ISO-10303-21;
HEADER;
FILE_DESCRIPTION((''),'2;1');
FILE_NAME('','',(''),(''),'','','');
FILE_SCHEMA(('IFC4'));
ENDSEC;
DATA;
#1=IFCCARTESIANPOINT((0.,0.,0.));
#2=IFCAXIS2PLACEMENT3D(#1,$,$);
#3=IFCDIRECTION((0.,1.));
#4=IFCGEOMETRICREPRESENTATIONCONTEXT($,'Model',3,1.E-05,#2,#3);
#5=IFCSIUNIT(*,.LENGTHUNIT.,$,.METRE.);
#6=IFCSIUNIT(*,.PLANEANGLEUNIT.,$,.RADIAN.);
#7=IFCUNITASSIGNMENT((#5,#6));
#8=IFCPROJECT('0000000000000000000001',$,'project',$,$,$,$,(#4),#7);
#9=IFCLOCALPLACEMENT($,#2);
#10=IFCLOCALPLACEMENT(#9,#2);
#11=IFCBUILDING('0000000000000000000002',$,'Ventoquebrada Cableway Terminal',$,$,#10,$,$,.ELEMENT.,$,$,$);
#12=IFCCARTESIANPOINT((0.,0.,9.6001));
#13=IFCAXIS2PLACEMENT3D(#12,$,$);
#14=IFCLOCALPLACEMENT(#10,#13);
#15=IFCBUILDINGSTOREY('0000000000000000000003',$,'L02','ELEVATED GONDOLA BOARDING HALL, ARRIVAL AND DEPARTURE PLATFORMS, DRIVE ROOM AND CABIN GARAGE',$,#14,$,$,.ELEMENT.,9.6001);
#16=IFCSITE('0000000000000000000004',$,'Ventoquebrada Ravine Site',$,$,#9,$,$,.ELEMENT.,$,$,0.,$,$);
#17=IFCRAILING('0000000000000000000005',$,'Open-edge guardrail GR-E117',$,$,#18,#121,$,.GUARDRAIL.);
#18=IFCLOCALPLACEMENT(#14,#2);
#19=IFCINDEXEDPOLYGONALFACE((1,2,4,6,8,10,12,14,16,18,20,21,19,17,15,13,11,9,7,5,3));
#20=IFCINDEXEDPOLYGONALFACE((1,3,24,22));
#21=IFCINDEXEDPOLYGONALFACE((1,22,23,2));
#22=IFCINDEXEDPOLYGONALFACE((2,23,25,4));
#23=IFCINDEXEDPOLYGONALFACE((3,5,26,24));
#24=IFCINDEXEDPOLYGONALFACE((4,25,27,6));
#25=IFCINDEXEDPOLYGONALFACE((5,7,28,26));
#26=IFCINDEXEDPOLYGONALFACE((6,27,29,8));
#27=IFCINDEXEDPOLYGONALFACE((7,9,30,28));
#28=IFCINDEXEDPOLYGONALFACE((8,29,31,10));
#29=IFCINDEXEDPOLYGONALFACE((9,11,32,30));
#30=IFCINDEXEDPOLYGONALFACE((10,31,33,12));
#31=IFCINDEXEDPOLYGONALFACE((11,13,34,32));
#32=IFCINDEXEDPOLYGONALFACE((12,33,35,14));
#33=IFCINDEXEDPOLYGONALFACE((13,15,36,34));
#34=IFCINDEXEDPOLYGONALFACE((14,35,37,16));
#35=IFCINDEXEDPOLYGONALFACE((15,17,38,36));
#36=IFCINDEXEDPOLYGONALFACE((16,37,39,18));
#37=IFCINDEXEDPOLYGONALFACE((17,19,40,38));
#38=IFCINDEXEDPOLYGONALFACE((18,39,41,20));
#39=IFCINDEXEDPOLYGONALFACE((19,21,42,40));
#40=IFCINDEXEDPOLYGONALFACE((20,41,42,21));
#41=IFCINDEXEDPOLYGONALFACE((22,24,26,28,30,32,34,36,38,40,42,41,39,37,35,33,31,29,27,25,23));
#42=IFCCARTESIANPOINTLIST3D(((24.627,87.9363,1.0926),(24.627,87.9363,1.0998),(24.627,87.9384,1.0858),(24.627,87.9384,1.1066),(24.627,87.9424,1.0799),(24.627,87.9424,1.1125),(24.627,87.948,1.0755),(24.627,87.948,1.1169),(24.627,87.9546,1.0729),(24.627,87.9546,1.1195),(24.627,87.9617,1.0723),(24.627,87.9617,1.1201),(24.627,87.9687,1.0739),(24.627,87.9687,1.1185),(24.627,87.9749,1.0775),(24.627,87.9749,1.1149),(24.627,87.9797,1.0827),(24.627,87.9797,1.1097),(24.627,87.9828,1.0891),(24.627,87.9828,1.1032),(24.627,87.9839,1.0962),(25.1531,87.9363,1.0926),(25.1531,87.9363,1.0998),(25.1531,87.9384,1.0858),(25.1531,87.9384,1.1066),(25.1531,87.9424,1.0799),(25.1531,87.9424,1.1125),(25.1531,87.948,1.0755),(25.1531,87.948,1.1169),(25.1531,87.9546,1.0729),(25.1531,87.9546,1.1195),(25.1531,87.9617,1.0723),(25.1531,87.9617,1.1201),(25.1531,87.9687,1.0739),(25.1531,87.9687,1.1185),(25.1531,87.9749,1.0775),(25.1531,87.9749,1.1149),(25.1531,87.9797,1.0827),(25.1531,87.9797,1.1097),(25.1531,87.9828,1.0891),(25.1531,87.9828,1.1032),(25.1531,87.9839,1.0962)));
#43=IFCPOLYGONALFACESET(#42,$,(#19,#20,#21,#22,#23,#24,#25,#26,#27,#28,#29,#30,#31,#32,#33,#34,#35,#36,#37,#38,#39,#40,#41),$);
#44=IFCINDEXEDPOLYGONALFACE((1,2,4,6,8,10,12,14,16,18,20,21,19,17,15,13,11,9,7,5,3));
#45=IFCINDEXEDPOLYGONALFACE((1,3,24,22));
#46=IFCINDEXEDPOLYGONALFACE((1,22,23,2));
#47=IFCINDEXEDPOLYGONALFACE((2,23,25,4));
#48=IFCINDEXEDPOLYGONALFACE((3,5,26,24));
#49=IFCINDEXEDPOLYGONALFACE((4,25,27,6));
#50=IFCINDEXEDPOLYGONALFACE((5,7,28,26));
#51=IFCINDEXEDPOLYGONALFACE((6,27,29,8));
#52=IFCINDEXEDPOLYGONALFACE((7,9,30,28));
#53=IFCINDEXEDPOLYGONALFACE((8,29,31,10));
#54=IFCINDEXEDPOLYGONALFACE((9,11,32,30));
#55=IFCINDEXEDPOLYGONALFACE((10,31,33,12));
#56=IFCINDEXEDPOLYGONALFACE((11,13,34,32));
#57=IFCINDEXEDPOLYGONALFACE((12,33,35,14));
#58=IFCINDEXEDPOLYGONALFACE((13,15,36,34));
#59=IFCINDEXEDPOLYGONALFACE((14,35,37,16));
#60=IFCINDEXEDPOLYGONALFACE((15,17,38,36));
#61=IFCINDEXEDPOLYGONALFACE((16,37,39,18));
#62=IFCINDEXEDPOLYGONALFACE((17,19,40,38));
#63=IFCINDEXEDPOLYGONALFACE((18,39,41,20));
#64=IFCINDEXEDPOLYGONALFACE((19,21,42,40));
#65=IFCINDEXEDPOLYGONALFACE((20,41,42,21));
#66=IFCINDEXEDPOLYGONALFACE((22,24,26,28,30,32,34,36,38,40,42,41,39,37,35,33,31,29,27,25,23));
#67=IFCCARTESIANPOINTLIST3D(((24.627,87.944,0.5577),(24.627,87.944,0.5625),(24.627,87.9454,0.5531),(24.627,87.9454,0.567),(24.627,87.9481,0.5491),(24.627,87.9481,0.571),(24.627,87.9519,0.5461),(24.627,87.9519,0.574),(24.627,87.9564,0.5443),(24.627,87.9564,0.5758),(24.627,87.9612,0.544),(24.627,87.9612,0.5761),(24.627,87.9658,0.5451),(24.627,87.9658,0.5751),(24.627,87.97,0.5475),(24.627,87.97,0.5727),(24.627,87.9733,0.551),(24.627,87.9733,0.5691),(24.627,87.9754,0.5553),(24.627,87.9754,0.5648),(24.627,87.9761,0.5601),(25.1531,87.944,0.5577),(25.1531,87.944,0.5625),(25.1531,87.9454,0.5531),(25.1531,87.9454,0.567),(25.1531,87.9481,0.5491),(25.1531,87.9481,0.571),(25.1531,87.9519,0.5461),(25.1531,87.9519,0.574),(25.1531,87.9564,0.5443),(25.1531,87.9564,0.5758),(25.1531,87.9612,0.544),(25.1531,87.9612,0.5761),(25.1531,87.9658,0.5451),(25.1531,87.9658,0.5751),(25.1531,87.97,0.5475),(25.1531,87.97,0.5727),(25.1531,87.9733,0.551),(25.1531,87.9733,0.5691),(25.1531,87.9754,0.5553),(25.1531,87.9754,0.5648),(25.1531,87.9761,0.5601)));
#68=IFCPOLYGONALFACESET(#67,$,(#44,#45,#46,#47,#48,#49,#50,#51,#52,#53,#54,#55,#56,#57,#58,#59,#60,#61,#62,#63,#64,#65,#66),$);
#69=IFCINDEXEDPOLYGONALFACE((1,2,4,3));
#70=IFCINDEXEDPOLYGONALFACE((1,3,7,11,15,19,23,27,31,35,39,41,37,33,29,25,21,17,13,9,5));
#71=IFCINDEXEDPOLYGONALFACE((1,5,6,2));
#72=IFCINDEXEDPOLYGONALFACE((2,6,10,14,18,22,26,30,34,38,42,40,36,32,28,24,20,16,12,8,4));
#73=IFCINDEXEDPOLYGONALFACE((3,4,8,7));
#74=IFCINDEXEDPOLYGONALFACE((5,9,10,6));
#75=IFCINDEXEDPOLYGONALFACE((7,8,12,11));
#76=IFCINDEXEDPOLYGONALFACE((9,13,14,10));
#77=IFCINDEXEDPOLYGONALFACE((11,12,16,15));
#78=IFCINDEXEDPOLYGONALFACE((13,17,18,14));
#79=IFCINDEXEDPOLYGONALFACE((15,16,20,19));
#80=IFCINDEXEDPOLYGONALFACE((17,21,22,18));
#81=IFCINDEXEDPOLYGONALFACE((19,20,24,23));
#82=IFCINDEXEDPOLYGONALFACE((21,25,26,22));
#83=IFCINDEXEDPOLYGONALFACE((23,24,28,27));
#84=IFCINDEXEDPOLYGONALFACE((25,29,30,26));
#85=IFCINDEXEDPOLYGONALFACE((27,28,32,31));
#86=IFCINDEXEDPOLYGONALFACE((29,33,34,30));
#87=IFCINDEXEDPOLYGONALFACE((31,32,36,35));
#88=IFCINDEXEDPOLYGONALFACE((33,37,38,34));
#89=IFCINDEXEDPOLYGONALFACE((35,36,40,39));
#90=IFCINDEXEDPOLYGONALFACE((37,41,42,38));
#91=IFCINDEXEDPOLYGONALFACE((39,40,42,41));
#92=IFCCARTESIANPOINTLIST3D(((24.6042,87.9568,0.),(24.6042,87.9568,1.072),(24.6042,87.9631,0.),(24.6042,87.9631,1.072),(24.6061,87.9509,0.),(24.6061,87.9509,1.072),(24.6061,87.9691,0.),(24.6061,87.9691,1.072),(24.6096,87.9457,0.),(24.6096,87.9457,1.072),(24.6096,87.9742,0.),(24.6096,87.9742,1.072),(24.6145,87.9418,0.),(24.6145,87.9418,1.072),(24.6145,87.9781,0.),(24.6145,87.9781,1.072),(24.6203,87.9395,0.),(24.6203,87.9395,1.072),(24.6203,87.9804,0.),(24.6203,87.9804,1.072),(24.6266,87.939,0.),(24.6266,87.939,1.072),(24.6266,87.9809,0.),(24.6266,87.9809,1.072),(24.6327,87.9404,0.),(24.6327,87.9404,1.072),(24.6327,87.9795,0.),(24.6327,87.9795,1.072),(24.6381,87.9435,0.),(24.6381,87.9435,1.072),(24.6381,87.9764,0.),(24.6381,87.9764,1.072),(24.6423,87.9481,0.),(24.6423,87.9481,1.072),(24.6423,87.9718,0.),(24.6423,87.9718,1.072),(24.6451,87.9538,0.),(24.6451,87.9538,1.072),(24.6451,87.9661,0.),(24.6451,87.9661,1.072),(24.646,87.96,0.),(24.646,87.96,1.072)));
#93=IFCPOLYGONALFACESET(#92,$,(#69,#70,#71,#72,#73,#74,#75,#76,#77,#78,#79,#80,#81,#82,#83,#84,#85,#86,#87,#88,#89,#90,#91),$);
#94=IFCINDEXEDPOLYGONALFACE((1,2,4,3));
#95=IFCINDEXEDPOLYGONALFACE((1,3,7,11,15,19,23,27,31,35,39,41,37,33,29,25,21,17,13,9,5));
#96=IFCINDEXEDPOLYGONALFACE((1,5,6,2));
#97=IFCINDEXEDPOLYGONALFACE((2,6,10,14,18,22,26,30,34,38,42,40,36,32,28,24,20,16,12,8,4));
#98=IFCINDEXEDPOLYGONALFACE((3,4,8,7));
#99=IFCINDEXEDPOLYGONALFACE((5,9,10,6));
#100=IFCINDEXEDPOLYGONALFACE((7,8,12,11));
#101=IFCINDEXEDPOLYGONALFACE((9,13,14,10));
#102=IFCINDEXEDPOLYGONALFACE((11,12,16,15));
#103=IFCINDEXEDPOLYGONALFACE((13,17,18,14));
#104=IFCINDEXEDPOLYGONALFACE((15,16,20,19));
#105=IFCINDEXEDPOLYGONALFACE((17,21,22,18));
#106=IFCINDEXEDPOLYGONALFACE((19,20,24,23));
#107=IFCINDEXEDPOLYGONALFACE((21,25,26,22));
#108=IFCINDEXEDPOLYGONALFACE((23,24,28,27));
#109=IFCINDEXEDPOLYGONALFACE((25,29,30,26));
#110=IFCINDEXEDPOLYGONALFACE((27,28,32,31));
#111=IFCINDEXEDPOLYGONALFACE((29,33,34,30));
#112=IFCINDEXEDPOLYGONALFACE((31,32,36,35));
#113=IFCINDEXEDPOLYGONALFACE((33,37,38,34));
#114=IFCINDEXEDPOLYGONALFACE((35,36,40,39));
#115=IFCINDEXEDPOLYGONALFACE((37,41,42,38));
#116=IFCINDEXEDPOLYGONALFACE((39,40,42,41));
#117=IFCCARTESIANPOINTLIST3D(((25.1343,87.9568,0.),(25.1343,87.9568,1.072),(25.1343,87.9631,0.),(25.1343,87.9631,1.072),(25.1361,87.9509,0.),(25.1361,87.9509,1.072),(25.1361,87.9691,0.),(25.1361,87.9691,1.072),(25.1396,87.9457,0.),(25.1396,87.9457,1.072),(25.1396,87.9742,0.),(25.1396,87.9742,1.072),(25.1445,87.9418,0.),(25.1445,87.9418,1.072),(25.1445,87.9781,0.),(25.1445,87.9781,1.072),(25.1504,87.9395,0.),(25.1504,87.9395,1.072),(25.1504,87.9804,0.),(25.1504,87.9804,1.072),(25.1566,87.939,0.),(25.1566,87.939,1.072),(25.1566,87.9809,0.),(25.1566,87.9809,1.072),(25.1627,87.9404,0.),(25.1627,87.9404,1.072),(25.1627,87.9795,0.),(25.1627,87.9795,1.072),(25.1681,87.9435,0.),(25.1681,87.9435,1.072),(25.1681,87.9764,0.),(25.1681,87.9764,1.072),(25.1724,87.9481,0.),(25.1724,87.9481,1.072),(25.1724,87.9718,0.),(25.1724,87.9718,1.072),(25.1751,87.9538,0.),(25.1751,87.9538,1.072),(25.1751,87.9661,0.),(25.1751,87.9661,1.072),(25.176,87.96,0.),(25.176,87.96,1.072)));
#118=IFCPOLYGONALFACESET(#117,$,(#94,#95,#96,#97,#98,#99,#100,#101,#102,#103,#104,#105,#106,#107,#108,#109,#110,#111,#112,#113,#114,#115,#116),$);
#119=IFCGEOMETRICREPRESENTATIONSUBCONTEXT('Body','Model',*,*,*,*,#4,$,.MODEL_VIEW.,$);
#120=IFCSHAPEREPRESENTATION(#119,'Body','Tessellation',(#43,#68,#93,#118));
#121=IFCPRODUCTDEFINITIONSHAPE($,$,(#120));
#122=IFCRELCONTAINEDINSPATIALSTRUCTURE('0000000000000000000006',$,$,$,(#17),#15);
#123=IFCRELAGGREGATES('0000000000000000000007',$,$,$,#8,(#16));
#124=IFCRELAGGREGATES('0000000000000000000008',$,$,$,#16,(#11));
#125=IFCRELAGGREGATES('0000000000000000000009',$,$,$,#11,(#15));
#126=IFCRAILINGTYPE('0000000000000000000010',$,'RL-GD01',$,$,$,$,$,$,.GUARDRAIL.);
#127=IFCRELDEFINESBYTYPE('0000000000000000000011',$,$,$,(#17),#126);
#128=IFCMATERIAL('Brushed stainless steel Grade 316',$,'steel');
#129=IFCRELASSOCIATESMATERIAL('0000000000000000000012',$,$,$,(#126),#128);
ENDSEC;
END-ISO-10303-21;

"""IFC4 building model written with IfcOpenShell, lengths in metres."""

from ifc_helpers import new_model, si_unit, direction, frame, origin, origin_2d, place, context, subcontext, project, spatial, circle, extrude, material, type_object, element, save


model = new_model("IFC4")

# Units and contexts
model_context = context("Model", 3, precision=1e-05, world=origin(), true_north=direction((0.0, 1.0)))
body_context = subcontext(model_context, "Body", "Model", "MODEL_VIEW")
ifc_project = project(units=[si_unit("LENGTHUNIT", "METRE"), si_unit("PLANEANGLEUNIT", "RADIAN")], contexts=[model_context])

# Site, building, storey
site_placement = place(None, origin())
site = spatial("IfcSite", under=ifc_project, at=site_placement, Name="Ventoquebrada Ravine Site", CompositionType="ELEMENT", RefElevation=0.0)
building_placement = place(site_placement, origin())
building = spatial("IfcBuilding", under=site, at=building_placement, Name="Ventoquebrada Cableway Terminal", CompositionType="ELEMENT")
storey_placement = place(building_placement, frame((0.0, 0.0, 9.6001)))
storey = spatial("IfcBuildingStorey", under=building, at=storey_placement, Name="L02", Description="ELEVATED GONDOLA BOARDING HALL, ARRIVAL AND DEPARTURE PLATFORMS, DRIVE ROOM AND CABIN GARAGE", CompositionType="ELEMENT", Elevation=9.6001)

# Railing
ifc_material_1 = material(Name="Brushed stainless steel Grade 316", Category="steel")
railing_type_1 = type_object("IfcRailingType", Name="RL-GD01", PredefinedType="GUARDRAIL", material=ifc_material_1)
railing_1_placement = place(storey_placement, frame((24.625, 87.96, 0.0)))
element("IfcRailing", 1, at=railing_1_placement, inside=storey, type_object=railing_type_1, Name="Open-edge guardrail GR-E117", PredefinedType="GUARDRAIL", context=body_context, shape_type="SweptSolid", body=[
    extrude(circle(Radius=0.0239, at=origin_2d()), frame((0.002, 0.0, 1.0962), z_axis=(1.0, 0.0, 0.0), x_axis=(0.0, 1.0, 0.0)), (0.0, 0.0, 1.0), 0.5261),
    extrude(circle(Radius=0.0161, at=origin_2d()), frame((0.002, 0.0, 0.5601), z_axis=(1.0, 0.0, 0.0), x_axis=(0.0, 1.0, 0.0)), (0.0, 0.0, 1.0), 0.5261),
    extrude(circle(Radius=0.021, at=origin_2d()), origin(), (0.0, 0.0, 1.0), 1.072),
    extrude(circle(Radius=0.021, at=origin_2d()), frame((0.53, 0.0, 0.0)), (0.0, 0.0, 1.0), 1.072),
])

save(model, "model.ifc")
